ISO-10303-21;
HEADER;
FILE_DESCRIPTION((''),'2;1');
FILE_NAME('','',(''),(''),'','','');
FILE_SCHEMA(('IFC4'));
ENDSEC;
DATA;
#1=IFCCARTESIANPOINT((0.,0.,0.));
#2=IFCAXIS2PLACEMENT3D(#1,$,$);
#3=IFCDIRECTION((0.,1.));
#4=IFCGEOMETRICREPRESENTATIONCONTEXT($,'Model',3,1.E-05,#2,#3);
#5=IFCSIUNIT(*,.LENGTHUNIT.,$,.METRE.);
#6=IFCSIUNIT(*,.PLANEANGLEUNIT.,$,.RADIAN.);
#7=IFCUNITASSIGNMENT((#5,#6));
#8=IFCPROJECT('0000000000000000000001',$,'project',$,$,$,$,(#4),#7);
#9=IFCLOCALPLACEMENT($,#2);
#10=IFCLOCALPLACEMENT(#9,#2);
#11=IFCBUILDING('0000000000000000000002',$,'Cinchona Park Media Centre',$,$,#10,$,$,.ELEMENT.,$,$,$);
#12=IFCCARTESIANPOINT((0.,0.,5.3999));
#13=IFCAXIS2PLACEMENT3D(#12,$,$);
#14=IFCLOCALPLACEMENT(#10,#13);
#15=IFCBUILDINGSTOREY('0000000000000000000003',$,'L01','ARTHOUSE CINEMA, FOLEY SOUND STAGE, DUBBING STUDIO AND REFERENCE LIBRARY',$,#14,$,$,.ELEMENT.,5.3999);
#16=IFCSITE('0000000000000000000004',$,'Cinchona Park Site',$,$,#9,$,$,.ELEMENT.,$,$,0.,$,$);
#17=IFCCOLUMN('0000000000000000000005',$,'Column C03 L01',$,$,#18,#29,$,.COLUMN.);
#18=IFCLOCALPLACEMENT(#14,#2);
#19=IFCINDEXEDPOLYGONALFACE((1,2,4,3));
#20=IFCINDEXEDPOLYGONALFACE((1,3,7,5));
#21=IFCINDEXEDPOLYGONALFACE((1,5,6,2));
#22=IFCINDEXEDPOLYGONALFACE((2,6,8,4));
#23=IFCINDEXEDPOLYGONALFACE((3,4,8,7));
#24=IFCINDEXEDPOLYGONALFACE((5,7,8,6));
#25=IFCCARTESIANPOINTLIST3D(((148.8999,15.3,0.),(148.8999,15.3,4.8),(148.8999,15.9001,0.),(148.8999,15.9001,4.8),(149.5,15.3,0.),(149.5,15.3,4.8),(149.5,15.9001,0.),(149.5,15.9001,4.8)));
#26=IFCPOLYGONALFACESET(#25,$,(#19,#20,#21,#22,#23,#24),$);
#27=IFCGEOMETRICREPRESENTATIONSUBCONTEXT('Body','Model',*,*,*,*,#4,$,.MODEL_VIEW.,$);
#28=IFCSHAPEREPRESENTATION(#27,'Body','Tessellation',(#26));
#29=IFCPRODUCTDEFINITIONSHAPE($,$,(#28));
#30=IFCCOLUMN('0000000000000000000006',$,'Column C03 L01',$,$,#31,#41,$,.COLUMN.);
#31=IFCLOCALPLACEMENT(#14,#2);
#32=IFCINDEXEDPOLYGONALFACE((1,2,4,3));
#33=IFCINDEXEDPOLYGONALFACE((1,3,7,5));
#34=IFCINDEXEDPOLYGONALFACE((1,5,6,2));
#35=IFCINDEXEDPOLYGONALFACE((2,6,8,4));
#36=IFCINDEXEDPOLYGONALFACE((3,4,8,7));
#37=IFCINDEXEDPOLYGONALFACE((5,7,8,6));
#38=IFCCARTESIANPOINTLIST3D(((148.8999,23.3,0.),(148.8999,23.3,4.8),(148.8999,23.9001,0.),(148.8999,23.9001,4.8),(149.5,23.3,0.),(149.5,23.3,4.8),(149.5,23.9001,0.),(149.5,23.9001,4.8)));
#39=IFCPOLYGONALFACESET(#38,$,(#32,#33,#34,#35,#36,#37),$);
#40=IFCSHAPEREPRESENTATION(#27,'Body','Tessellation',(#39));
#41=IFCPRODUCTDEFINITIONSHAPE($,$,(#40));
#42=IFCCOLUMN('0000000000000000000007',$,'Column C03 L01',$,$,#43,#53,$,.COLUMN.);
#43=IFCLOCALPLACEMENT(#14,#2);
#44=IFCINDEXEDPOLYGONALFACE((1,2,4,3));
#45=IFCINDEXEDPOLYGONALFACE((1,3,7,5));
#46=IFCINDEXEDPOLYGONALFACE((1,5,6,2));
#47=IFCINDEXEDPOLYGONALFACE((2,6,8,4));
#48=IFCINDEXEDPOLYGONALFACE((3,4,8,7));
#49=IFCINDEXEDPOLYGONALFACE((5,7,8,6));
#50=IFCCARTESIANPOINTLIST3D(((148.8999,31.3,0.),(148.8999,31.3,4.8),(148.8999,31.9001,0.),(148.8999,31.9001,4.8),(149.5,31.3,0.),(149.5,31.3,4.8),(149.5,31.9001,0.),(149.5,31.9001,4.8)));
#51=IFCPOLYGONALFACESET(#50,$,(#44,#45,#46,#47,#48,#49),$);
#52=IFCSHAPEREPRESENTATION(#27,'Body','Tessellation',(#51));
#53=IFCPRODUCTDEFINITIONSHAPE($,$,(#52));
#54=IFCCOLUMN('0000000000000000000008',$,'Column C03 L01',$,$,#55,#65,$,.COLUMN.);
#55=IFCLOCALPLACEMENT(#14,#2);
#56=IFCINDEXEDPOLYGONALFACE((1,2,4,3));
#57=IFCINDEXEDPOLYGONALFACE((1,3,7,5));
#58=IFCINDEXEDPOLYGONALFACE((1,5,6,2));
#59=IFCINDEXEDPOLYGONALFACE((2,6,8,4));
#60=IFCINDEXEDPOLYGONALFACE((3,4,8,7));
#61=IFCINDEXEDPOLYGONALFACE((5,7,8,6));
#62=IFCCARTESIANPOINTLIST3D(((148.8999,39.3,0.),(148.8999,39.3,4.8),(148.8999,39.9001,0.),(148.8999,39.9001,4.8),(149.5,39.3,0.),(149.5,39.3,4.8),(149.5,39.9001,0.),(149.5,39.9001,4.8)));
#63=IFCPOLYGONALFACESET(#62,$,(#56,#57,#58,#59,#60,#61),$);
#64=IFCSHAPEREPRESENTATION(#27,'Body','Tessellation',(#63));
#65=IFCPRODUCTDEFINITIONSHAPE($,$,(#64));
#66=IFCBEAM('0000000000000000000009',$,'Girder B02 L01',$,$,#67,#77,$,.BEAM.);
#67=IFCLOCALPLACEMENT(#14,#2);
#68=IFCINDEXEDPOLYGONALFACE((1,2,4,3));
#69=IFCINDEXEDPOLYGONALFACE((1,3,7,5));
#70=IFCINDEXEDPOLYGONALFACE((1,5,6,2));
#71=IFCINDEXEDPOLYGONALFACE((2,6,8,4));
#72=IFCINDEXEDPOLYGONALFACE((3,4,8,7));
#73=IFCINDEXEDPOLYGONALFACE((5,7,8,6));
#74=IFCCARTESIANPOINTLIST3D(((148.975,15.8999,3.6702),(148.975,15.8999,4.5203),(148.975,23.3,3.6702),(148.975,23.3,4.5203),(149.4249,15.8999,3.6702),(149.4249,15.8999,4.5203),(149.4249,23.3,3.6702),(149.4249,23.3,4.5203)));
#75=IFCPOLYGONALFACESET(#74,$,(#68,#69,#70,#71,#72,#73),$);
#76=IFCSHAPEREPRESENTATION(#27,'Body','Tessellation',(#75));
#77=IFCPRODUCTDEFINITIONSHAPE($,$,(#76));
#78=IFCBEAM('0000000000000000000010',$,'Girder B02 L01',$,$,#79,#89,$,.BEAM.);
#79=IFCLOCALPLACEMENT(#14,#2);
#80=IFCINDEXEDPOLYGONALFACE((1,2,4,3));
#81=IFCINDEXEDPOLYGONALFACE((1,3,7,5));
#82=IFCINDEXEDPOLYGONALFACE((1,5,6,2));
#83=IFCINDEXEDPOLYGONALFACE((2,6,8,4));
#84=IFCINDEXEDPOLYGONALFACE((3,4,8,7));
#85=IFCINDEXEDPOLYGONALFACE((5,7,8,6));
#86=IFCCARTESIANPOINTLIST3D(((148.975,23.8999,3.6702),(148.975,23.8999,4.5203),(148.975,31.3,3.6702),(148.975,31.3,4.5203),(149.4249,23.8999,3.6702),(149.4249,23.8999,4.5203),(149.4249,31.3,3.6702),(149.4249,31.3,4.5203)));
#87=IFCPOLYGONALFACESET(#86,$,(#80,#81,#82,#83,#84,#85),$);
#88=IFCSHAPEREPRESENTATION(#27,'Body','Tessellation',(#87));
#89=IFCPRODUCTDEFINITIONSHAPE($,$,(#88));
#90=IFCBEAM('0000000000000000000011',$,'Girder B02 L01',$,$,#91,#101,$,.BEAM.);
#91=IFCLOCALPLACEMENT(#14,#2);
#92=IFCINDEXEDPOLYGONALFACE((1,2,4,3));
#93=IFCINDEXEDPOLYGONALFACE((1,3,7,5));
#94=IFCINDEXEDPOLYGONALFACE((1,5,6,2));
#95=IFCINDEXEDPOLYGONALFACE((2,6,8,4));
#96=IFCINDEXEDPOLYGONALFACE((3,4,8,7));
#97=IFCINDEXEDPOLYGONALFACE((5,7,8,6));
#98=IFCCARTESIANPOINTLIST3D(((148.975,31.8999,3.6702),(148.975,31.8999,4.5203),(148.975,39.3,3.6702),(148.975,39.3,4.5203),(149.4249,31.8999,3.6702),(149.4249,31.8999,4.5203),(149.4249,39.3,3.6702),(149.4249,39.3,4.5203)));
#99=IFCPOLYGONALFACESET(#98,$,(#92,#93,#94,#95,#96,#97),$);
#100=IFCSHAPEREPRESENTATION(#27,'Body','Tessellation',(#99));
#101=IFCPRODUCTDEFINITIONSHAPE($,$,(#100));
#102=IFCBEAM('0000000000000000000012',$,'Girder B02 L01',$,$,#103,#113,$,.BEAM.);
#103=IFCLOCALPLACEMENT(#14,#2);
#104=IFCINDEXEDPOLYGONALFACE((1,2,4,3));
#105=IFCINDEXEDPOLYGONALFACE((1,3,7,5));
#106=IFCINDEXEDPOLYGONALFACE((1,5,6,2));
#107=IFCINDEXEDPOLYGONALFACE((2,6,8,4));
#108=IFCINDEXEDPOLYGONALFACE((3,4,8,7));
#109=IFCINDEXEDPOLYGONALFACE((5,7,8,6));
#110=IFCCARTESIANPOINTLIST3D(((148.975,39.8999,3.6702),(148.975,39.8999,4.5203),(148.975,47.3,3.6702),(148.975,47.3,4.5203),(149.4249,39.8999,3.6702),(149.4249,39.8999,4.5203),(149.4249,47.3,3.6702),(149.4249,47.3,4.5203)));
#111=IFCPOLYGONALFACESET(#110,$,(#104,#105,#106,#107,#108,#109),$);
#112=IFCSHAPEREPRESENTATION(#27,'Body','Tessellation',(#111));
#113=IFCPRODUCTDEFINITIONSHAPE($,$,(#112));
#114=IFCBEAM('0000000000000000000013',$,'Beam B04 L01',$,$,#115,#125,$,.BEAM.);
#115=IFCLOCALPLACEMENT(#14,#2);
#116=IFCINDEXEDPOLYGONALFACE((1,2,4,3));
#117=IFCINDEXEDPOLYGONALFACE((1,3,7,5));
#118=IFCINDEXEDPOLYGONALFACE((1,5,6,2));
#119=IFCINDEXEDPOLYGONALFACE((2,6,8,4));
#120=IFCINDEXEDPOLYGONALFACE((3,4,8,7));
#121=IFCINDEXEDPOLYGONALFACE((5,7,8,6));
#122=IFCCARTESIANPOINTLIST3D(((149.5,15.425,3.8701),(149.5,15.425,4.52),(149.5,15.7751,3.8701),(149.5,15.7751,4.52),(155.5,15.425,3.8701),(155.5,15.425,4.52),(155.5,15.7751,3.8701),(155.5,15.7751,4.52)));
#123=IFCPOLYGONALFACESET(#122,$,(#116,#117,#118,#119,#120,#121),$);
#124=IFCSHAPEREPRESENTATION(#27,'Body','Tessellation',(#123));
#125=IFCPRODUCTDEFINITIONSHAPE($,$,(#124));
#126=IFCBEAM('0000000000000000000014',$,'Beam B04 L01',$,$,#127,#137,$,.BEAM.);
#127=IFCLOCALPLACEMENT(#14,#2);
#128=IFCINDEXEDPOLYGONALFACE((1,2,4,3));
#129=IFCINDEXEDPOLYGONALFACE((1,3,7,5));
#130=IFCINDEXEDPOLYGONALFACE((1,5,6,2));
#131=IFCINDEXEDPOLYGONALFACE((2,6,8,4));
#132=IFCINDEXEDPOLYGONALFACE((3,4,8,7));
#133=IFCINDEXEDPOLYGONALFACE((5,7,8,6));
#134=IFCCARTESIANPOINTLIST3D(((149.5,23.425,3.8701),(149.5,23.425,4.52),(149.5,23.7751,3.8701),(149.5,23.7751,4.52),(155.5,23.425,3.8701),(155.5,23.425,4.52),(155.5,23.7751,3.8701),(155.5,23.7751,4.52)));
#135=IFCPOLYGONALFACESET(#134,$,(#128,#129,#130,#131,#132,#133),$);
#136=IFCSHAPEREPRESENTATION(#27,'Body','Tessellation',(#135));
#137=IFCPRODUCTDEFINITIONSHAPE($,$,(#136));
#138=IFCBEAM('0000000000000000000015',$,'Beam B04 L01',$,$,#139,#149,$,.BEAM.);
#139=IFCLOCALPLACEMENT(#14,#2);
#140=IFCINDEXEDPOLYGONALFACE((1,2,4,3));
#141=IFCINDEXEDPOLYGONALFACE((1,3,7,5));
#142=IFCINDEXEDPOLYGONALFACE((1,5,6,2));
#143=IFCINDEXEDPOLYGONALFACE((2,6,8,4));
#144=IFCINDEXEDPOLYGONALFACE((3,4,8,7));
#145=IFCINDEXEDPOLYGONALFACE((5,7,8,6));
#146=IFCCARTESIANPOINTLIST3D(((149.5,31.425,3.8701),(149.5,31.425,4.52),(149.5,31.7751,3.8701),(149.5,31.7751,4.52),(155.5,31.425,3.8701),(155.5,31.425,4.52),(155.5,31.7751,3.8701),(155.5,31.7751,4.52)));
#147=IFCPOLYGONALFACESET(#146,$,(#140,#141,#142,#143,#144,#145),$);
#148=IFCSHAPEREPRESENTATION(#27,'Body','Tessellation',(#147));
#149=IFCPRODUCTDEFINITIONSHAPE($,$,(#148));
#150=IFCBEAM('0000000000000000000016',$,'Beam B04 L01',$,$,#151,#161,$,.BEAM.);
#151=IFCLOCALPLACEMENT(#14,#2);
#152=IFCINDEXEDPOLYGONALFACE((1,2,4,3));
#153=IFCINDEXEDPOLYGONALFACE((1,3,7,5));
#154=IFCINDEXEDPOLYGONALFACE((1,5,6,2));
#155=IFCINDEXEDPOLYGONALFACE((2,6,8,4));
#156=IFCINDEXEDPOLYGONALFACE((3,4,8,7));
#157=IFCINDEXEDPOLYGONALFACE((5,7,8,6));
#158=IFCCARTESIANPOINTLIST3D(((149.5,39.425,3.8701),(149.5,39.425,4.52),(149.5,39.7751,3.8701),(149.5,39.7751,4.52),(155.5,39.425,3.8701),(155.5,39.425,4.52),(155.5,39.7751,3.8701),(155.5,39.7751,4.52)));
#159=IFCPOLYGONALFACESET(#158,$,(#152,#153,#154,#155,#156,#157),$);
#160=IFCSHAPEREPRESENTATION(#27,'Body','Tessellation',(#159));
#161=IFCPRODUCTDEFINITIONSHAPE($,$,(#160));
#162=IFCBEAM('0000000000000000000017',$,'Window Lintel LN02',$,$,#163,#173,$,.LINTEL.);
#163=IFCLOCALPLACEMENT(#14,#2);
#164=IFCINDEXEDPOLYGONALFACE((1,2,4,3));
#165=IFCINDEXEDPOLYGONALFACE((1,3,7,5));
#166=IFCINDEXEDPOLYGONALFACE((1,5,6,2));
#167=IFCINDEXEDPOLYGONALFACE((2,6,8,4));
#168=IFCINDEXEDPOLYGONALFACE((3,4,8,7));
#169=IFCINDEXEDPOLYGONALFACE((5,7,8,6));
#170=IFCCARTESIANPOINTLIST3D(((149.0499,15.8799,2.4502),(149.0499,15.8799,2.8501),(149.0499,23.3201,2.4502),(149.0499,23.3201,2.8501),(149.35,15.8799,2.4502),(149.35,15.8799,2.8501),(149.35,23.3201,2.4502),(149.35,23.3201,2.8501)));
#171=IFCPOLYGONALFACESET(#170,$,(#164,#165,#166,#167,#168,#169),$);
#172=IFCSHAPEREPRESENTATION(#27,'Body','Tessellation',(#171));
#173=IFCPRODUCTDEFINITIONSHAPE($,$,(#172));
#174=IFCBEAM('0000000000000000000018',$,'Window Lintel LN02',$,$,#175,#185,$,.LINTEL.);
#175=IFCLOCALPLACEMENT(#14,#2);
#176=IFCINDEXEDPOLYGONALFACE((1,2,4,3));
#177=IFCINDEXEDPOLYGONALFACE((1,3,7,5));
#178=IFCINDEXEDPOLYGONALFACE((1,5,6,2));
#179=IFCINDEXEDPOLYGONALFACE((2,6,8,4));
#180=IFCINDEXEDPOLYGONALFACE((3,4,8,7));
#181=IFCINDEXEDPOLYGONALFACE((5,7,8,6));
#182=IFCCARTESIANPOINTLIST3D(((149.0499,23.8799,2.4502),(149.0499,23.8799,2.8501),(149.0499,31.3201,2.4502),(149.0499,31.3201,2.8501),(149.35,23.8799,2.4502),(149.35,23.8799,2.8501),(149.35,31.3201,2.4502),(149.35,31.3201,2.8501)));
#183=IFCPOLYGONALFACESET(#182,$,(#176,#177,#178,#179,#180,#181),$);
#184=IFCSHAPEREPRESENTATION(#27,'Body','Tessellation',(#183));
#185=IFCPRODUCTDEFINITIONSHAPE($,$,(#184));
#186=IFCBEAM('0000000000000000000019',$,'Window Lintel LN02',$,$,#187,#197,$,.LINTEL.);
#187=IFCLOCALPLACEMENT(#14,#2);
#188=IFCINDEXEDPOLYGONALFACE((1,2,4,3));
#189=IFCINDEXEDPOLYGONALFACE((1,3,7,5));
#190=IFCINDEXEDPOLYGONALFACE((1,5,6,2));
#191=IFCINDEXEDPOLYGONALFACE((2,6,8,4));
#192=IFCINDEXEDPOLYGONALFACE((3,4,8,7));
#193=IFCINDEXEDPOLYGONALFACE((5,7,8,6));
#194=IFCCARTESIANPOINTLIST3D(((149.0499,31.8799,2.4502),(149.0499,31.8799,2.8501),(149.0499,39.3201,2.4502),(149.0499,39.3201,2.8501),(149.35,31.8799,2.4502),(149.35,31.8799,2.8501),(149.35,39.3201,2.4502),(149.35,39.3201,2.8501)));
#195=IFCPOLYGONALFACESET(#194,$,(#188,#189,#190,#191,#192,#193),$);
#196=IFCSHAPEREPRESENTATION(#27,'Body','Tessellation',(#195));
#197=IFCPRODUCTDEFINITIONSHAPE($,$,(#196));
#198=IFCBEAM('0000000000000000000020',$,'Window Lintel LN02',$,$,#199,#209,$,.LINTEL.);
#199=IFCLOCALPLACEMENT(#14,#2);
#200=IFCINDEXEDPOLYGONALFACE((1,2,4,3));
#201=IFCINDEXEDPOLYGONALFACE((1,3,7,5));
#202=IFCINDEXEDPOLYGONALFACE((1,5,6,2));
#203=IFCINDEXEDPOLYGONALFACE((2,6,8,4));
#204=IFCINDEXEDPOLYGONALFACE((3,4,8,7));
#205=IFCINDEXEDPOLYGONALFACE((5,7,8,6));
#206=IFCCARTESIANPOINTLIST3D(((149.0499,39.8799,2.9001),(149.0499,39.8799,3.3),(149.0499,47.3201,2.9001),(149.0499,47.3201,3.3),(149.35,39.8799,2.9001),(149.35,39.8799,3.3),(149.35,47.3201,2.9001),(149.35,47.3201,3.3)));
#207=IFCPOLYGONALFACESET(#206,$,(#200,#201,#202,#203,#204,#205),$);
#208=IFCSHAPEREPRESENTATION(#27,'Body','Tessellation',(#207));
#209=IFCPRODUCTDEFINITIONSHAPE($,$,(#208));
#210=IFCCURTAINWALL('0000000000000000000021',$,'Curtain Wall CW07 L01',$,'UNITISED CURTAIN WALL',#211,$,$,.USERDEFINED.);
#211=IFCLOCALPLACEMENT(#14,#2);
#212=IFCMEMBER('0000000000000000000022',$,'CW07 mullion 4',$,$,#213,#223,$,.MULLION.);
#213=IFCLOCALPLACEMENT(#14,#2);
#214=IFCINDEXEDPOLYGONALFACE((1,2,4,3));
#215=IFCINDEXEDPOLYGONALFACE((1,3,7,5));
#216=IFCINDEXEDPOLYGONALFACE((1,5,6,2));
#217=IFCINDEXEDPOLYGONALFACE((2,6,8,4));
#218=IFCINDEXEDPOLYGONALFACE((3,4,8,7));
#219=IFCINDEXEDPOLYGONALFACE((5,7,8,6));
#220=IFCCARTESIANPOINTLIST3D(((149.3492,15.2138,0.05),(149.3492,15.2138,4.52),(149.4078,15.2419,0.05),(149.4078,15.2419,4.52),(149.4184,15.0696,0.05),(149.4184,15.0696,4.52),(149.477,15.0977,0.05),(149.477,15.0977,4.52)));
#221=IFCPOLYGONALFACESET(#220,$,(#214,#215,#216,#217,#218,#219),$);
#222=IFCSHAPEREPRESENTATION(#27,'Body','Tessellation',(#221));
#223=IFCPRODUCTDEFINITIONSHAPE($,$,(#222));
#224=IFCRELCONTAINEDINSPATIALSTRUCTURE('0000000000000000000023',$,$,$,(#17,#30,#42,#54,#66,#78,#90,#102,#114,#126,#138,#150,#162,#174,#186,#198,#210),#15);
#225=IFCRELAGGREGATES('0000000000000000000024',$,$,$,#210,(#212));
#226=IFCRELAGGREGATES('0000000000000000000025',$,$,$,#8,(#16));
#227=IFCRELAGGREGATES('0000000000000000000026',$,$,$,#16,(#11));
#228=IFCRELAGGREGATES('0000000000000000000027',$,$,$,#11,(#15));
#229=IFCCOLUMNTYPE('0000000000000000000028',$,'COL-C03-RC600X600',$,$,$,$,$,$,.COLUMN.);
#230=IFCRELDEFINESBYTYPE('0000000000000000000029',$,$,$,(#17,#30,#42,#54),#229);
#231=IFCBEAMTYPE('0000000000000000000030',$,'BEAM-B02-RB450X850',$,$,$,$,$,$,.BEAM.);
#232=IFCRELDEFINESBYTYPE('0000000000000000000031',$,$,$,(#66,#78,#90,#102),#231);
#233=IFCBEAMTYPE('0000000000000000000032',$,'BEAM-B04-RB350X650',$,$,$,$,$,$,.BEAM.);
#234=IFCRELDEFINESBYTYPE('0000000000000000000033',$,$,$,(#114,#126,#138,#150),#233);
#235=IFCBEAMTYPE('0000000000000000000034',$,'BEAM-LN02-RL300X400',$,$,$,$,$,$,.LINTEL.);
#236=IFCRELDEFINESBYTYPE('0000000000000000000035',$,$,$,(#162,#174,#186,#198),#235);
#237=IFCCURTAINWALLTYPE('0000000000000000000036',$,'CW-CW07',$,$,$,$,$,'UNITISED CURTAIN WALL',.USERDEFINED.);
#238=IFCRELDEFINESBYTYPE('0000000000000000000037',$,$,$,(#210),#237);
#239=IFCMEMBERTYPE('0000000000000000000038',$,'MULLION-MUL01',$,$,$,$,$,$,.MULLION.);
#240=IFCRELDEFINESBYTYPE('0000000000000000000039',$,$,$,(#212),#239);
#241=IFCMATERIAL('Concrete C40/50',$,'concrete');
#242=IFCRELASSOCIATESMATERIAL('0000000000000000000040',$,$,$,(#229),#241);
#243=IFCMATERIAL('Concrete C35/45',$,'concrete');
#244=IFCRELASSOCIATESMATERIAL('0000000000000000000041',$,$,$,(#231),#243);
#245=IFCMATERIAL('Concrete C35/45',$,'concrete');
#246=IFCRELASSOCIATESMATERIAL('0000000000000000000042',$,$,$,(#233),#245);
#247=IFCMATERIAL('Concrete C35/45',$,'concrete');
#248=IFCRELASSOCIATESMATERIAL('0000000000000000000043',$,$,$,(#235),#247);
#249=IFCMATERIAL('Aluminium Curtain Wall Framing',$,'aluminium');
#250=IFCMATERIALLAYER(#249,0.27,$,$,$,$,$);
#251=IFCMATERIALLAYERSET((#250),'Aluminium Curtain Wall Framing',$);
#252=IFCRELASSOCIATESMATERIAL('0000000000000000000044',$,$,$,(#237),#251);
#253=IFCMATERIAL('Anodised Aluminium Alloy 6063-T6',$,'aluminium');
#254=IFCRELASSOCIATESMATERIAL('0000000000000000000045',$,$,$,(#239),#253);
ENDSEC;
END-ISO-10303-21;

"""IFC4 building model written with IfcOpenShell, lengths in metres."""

from ifc_helpers import new_model, si_unit, direction, frame, origin, origin_2d, place, context, subcontext, project, spatial, rectangle, extrude, material, layer, layer_set, material_profile, profile_set, type_object, element, aggregate, save


model = new_model("IFC4")

# Units and contexts
model_context = context("Model", 3, precision=1e-05, world=origin(), true_north=direction((0.0, 1.0)))
body_context = subcontext(model_context, "Body", "Model", "MODEL_VIEW")
ifc_project = project(units=[si_unit("LENGTHUNIT", "METRE"), si_unit("PLANEANGLEUNIT", "RADIAN")], contexts=[model_context])

# Site, building, storey
site_placement = place(None, origin())
site = spatial("IfcSite", under=ifc_project, at=site_placement, Name="Cinchona Park Site", CompositionType="ELEMENT", RefElevation=0.0)
building_placement = place(site_placement, origin())
building = spatial("IfcBuilding", under=site, at=building_placement, Name="Cinchona Park Media Centre", CompositionType="ELEMENT")
storey_placement = place(building_placement, frame((0.0, 0.0, 5.3999)))
storey = spatial("IfcBuildingStorey", under=building, at=storey_placement, Name="L01", Description="ARTHOUSE CINEMA, FOLEY SOUND STAGE, DUBBING STUDIO AND REFERENCE LIBRARY", CompositionType="ELEMENT", Elevation=5.3999)

# Columns
ifc_material_1 = material(Name="Concrete C40/50", Category="concrete")
ifc_material_profile_1 = material_profile(ifc_material_1, rectangle(XDim=0.6001, YDim=0.6001, at=origin_2d()), Name="RC 600X600")
ifc_profile_set_1 = profile_set([ifc_material_profile_1], Name="Concrete C40/50")
column_type = type_object("IfcColumnType", Name="COL-C03-RC600X600", PredefinedType="COLUMN", material=ifc_profile_set_1)
for number, where, z_axis, x_axis, name in (
    (1, (149.2, 15.6001, 0.0), (0.0, 0.0, 1.0), (1.0, 0.0, 0.0), "Column C03 L01"),
    (2, (149.2, 23.6001, 0.0), (0.0, 0.0, 1.0), (1.0, 0.0, 0.0), "Column C03 L01"),
    (3, (149.2, 31.6001, 0.0), (0.0, 0.0, 1.0), (1.0, 0.0, 0.0), "Column C03 L01"),
    (4, (149.2, 39.6001, 0.0), (0.0, 0.0, 1.0), (1.0, 0.0, 0.0), "Column C03 L01"),
):
    element("IfcColumn", number, at=place(storey_placement, frame(where, z_axis=z_axis, x_axis=x_axis)), inside=storey, type_object=column_type, Name=name, PredefinedType="COLUMN", context=body_context, shape_type="SweptSolid", body=[
        extrude(rectangle(XDim=0.6001, YDim=0.6001, at=origin_2d()), origin(), (0.0, 0.0, 1.0), 4.8),
    ])

# Beams
ifc_material_2 = material(Name="Concrete C35/45", Category="concrete")
ifc_material_profile_2 = material_profile(ifc_material_2, rectangle(XDim=0.45, YDim=0.8501, at=origin_2d()), Name="RB 450X850")
ifc_profile_set_2 = profile_set([ifc_material_profile_2], Name="Concrete C35/45")
beam_type_1 = type_object("IfcBeamType", Name="BEAM-B02-RB450X850", PredefinedType="BEAM", material=ifc_profile_set_2)
for number, where, z_axis, x_axis, name in (
    (5, (149.2, 15.8999, 4.0952), (0.0, 1.0, 0.0), (-1.0, 0.0, 0.0), "Girder B02 L01"),
    (6, (149.2, 23.8999, 4.0952), (0.0, 1.0, 0.0), (-1.0, 0.0, 0.0), "Girder B02 L01"),
    (7, (149.2, 31.8999, 4.0952), (0.0, 1.0, 0.0), (-1.0, 0.0, 0.0), "Girder B02 L01"),
    (8, (149.2, 39.8999, 4.0952), (0.0, 1.0, 0.0), (-1.0, 0.0, 0.0), "Girder B02 L01"),
):
    element("IfcBeam", number, at=place(storey_placement, frame(where, z_axis=z_axis, x_axis=x_axis)), inside=storey, type_object=beam_type_1, Name=name, PredefinedType="BEAM", context=body_context, shape_type="SweptSolid", body=[
        extrude(rectangle(XDim=0.45, YDim=0.8501, at=origin_2d()), origin(), (0.0, 0.0, 1.0), 7.4001),
    ])
ifc_material_3 = material(Name="Concrete C35/45", Category="concrete")
ifc_material_profile_3 = material_profile(ifc_material_3, rectangle(XDim=0.3501, YDim=0.6499, at=origin_2d()), Name="RB 350X650")
ifc_profile_set_3 = profile_set([ifc_material_profile_3], Name="Concrete C35/45")
beam_type_2 = type_object("IfcBeamType", Name="BEAM-B04-RB350X650", PredefinedType="BEAM", material=ifc_profile_set_3)
for number, where, z_axis, x_axis, name in (
    (9, (149.5, 15.6001, 4.1951), (1.0, 0.0, 0.0), (0.0, 1.0, 0.0), "Beam B04 L01"),
    (10, (149.5, 23.6001, 4.1951), (1.0, 0.0, 0.0), (0.0, 1.0, 0.0), "Beam B04 L01"),
    (11, (149.5, 31.6001, 4.1951), (1.0, 0.0, 0.0), (0.0, 1.0, 0.0), "Beam B04 L01"),
    (12, (149.5, 39.6001, 4.1951), (1.0, 0.0, 0.0), (0.0, 1.0, 0.0), "Beam B04 L01"),
):
    element("IfcBeam", number, at=place(storey_placement, frame(where, z_axis=z_axis, x_axis=x_axis)), inside=storey, type_object=beam_type_2, Name=name, PredefinedType="BEAM", context=body_context, shape_type="SweptSolid", body=[
        extrude(rectangle(XDim=0.3501, YDim=0.6499, at=origin_2d()), origin(), (0.0, 0.0, 1.0), 6.0),
    ])
ifc_material_4 = material(Name="Concrete C35/45", Category="concrete")
ifc_material_profile_4 = material_profile(ifc_material_4, rectangle(XDim=0.3, YDim=0.3999, at=origin_2d()), Name="RL 300X400")
ifc_profile_set_4 = profile_set([ifc_material_profile_4], Name="Concrete C35/45")
beam_type_3 = type_object("IfcBeamType", Name="BEAM-LN02-RL300X400", PredefinedType="LINTEL", material=ifc_profile_set_4)
for number, where, z_axis, x_axis, name in (
    (13, (149.2, 15.8799, 2.6501), (0.0, 1.0, 0.0), (-1.0, 0.0, 0.0), "Window Lintel LN02"),
    (14, (149.2, 23.8799, 2.6501), (0.0, 1.0, 0.0), (-1.0, 0.0, 0.0), "Window Lintel LN02"),
    (15, (149.2, 31.8799, 2.6501), (0.0, 1.0, 0.0), (-1.0, 0.0, 0.0), "Window Lintel LN02"),
    (16, (149.2, 39.8799, 3.1001), (0.0, 1.0, 0.0), (-1.0, 0.0, 0.0), "Window Lintel LN02"),
):
    element("IfcBeam", number, at=place(storey_placement, frame(where, z_axis=z_axis, x_axis=x_axis)), inside=storey, type_object=beam_type_3, Name=name, PredefinedType="LINTEL", context=body_context, shape_type="SweptSolid", body=[
        extrude(rectangle(XDim=0.3, YDim=0.3999, at=origin_2d()), origin(), (0.0, 0.0, 1.0), 7.4402),
    ])

# Curtain wall, member
ifc_material_5 = material(Name="Aluminium Curtain Wall Framing", Category="aluminium")
ifc_layer_1 = layer(ifc_material_5, 0.27)
ifc_layer_set_1 = layer_set([ifc_layer_1], Name="Aluminium Curtain Wall Framing")
curtain_wall_type = type_object("IfcCurtainWallType", Name="CW-CW07", ElementType="UNITISED CURTAIN WALL", PredefinedType="USERDEFINED", material=ifc_layer_set_1)
curtain_wall_placement = place(storey_placement, origin())
curtain_wall = element("IfcCurtainWall", 17, at=curtain_wall_placement, inside=storey, type_object=curtain_wall_type, Name="Curtain Wall CW07 L01", ObjectType="UNITISED CURTAIN WALL", PredefinedType="USERDEFINED")
ifc_material_6 = material(Name="Anodised Aluminium Alloy 6063-T6", Category="aluminium")
ifc_material_profile_5 = material_profile(ifc_material_6, rectangle(XDim=0.0649, YDim=0.1599, at=origin_2d()), Name="MUL-65X160")
ifc_profile_set_5 = profile_set([ifc_material_profile_5], Name="Anodised Aluminium Alloy 6063-T6")
member_type = type_object("IfcMemberType", Name="MULLION-MUL01", PredefinedType="MULLION", material=ifc_profile_set_5)
member_placement = place(storey_placement, frame((149.4131, 15.1558, 0.05), z_axis=(0.0, 0.0, 1.0), x_axis=(-0.901489, -0.432801, 0.0)))
member = element("IfcMember", 18, at=member_placement, type_object=member_type, Name="CW07 mullion 4", PredefinedType="MULLION", context=body_context, shape_type="SweptSolid", body=[
    extrude(rectangle(XDim=0.0649, YDim=0.1599, at=origin_2d()), origin(), (0.0, 0.0, 1.0), 4.47),
])
aggregate(curtain_wall, [member])

save(model, "model.ifc")
